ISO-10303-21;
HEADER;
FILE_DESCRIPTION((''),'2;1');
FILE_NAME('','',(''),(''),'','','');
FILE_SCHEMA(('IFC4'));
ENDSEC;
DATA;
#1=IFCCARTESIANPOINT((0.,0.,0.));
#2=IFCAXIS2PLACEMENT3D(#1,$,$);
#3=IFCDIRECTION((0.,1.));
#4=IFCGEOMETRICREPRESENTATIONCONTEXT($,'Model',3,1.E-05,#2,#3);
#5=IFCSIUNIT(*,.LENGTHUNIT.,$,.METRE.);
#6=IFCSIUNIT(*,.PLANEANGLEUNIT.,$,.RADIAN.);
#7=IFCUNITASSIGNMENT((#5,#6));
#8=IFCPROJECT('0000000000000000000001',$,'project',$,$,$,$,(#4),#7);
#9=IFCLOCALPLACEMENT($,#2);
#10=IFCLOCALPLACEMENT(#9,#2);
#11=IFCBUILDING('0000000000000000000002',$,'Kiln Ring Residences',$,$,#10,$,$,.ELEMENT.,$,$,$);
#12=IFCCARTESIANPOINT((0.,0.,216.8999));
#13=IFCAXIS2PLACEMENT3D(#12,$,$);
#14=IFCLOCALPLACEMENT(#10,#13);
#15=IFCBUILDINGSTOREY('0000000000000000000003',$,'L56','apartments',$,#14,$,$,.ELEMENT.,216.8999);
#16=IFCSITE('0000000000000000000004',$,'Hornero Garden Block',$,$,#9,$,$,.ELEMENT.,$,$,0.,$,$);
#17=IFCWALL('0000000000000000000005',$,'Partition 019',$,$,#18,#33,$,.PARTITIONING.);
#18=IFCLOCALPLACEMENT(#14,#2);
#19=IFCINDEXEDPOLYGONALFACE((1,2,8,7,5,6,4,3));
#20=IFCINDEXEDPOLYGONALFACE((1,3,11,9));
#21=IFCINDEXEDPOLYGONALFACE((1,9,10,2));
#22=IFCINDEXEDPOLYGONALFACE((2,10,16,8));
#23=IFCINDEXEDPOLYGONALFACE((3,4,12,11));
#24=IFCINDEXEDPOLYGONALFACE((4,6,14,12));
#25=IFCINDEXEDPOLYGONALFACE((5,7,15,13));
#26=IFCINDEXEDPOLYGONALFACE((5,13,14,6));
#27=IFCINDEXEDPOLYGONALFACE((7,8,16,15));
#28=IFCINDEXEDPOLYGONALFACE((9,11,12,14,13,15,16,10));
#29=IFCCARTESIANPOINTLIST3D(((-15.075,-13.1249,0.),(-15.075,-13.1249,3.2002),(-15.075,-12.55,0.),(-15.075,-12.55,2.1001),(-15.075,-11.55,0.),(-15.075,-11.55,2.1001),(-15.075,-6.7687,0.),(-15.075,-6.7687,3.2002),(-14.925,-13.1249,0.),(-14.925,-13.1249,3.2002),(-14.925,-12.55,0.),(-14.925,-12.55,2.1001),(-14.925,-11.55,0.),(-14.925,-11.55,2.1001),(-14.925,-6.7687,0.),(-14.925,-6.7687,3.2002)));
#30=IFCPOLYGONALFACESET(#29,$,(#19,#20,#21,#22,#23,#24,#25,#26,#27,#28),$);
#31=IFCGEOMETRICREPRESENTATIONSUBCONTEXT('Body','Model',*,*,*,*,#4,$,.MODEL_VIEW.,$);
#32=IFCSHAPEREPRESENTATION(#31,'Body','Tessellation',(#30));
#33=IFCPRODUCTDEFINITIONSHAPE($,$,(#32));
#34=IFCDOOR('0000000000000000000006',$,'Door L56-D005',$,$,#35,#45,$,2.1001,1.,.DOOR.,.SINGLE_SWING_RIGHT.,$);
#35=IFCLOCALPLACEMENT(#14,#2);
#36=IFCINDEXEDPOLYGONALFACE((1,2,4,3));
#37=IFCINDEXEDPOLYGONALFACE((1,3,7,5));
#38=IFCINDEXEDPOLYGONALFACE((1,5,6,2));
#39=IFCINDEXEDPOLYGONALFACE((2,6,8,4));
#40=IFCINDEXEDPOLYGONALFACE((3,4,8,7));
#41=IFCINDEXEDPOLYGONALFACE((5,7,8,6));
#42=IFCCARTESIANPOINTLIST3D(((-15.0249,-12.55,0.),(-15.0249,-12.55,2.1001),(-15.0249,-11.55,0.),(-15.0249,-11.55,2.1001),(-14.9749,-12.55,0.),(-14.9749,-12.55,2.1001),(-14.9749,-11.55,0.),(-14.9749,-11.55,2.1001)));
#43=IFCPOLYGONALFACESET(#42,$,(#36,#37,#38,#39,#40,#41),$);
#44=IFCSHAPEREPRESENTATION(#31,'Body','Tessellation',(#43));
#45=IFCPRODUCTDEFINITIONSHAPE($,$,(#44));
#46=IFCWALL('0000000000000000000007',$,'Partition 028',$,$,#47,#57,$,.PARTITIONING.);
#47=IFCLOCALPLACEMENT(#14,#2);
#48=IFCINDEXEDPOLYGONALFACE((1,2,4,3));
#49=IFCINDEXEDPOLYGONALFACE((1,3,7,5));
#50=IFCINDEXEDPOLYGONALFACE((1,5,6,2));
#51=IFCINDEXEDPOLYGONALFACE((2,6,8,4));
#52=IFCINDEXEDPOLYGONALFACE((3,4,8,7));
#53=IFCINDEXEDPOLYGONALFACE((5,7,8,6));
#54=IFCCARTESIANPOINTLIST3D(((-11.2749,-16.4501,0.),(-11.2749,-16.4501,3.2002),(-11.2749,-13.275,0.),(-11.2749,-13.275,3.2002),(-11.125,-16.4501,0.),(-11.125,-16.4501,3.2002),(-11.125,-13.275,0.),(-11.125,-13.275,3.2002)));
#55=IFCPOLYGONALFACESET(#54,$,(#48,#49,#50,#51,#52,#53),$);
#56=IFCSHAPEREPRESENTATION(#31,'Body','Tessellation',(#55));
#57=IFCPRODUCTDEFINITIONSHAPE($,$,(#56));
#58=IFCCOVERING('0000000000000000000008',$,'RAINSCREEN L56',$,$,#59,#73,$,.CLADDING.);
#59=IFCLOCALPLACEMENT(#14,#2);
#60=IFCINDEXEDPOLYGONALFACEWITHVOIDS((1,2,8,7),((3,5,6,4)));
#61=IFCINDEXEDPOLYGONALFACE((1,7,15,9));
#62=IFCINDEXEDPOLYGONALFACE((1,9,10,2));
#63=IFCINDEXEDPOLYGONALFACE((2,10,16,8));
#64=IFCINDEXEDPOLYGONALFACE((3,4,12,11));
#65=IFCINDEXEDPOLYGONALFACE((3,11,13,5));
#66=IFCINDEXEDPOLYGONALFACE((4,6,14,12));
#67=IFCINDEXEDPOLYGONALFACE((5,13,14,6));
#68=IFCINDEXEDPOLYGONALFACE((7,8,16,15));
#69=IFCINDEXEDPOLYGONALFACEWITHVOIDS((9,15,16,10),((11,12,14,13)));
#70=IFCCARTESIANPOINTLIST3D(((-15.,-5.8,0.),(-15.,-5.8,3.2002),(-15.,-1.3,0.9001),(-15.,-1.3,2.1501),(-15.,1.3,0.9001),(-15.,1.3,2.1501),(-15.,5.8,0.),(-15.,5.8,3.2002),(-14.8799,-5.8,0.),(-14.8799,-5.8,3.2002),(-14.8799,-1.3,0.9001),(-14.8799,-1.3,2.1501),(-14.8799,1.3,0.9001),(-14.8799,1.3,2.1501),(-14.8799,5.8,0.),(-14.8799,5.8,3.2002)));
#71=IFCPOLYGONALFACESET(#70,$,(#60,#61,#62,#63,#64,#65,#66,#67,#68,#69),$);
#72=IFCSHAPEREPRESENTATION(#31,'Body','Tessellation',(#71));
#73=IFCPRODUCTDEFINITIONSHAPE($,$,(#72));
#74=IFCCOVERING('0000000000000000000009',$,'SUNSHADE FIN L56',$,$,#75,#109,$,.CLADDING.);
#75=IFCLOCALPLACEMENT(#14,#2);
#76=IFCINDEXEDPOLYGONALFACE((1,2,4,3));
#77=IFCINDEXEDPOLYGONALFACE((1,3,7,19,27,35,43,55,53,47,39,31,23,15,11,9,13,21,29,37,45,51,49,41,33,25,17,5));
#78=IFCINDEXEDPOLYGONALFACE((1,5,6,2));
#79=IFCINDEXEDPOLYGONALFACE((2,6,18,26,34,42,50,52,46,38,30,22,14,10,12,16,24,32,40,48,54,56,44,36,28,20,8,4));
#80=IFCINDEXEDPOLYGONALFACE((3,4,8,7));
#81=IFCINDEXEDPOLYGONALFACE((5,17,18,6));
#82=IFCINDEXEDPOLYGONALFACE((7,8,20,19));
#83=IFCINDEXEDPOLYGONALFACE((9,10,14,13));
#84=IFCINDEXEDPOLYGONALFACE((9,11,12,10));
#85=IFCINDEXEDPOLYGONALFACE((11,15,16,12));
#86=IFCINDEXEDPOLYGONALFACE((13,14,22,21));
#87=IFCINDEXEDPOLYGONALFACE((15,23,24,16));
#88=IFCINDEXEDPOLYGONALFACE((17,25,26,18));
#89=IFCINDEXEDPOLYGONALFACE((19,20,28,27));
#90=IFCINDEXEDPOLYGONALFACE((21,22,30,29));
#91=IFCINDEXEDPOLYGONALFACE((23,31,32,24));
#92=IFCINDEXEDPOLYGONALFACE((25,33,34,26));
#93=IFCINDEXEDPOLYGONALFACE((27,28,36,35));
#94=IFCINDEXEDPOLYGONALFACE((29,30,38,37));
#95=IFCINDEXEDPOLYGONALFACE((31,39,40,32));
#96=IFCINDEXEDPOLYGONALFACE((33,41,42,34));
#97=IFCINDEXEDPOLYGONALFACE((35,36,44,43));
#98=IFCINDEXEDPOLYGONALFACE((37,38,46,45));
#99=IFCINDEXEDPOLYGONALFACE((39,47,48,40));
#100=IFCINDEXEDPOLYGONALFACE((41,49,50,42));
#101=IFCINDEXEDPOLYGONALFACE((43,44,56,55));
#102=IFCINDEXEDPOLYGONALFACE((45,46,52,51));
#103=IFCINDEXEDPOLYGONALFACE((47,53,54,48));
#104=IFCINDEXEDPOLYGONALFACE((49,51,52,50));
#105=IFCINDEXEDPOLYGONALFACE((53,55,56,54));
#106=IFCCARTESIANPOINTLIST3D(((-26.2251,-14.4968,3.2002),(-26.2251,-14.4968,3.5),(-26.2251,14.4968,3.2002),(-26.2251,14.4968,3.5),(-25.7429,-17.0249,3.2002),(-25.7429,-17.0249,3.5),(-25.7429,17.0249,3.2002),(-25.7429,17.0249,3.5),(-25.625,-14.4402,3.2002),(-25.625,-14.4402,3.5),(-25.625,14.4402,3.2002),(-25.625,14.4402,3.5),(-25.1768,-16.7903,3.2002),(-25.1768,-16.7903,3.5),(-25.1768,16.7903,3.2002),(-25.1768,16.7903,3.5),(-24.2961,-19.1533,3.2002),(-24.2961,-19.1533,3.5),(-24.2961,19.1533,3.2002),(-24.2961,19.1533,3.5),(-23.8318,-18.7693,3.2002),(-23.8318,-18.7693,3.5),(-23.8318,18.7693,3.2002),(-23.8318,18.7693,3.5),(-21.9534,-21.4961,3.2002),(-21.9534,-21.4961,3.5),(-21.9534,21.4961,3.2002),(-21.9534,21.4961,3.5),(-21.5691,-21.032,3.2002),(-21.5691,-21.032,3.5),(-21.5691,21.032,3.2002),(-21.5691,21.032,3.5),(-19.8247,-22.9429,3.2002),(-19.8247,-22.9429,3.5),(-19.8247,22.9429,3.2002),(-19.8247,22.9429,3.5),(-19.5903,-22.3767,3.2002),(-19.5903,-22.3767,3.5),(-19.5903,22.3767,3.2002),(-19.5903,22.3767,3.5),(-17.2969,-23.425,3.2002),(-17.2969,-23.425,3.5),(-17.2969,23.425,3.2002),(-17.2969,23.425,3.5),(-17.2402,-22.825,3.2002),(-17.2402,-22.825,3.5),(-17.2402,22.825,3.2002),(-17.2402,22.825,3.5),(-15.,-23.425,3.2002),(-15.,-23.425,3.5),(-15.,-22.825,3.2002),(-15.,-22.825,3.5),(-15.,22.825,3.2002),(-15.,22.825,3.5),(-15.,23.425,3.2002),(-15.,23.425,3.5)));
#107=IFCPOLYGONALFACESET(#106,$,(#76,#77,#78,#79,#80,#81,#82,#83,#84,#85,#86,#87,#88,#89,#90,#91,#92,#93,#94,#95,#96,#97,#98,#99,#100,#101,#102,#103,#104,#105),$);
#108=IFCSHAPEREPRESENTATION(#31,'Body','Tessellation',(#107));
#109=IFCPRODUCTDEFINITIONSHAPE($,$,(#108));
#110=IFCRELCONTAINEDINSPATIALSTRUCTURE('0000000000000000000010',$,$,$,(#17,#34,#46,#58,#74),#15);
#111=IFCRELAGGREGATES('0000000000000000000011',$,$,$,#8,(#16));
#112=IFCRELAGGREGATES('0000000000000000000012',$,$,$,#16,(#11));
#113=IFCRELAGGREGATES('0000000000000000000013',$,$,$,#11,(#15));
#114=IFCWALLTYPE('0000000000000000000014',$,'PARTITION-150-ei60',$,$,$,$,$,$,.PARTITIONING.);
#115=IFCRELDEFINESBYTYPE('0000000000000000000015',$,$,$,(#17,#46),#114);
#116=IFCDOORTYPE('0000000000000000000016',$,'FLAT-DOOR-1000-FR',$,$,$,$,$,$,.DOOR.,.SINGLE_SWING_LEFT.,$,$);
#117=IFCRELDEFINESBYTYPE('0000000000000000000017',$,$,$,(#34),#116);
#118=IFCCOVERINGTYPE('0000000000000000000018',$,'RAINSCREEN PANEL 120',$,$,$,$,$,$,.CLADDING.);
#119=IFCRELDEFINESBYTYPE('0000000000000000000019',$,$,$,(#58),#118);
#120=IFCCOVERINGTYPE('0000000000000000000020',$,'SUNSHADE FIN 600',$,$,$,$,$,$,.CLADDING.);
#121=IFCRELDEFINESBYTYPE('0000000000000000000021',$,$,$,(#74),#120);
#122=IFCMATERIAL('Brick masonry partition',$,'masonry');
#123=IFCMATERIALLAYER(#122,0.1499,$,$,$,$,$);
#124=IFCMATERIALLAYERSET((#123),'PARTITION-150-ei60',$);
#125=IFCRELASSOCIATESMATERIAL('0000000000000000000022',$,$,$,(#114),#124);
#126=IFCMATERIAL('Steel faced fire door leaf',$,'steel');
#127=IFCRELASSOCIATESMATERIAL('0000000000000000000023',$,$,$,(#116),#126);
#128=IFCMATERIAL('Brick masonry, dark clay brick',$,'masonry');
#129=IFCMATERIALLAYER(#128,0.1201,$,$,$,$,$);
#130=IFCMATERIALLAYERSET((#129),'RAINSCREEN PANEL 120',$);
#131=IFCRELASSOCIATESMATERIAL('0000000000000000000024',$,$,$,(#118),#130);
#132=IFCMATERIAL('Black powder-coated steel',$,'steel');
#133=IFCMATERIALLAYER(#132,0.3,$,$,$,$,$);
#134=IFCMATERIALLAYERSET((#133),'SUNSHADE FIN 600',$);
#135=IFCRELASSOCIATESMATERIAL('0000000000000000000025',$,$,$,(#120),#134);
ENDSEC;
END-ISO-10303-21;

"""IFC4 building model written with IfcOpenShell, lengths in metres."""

from ifc_helpers import new_model, si_unit, direction, frame, frame_2d, origin, place, context, subcontext, project, spatial, polyline, rectangle, outline, extrude, material, layer, layer_set, type_object, element, fill, save


model = new_model("IFC4")

# Units and contexts
model_context = context("Model", 3, precision=1e-05, world=origin(), true_north=direction((0.0, 1.0)))
body_context = subcontext(model_context, "Body", "Model", "MODEL_VIEW")
ifc_project = project(units=[si_unit("LENGTHUNIT", "METRE"), si_unit("PLANEANGLEUNIT", "RADIAN")], contexts=[model_context])

# Site, building, storey
site_placement = place(None, origin())
site = spatial("IfcSite", under=ifc_project, at=site_placement, Name="Hornero Garden Block", CompositionType="ELEMENT", RefElevation=0.0)
building_placement = place(site_placement, origin())
building = spatial("IfcBuilding", under=site, at=building_placement, Name="Kiln Ring Residences", CompositionType="ELEMENT")
storey_placement = place(building_placement, frame((0.0, 0.0, 216.8999)))
storey = spatial("IfcBuildingStorey", under=building, at=storey_placement, Name="L56", Description="apartments", CompositionType="ELEMENT", Elevation=216.8999)

# Shared definitions
ifc_material_1 = material(Name="Brick masonry partition", Category="masonry")
ifc_layer_1 = layer(ifc_material_1, 0.1499)
ifc_layer_set_1 = layer_set([ifc_layer_1], Name="PARTITION-150-ei60")
wall_type_1 = type_object("IfcWallType", Name="PARTITION-150-ei60", PredefinedType="PARTITIONING", material=ifc_layer_set_1)
ifc_material_2 = material(Name="Steel faced fire door leaf", Category="steel")
door_type_1 = type_object("IfcDoorType", Name="FLAT-DOOR-1000-FR", OperationType="SINGLE_SWING_LEFT", PredefinedType="DOOR", material=ifc_material_2)

# Wall, opening, door
wall_1_placement = place(storey_placement, frame((-15.0, -13.125, 0.0), z_axis=(0.0, 0.0, 1.0), x_axis=(0.0, 1.0, 0.0)))
wall_1 = element("IfcWall", 1, at=wall_1_placement, inside=storey, type_object=wall_type_1, Name="Partition 019", PredefinedType="PARTITIONING", context=body_context, shape_type="SweptSolid", body=[
    extrude(rectangle(XDim=6.3562, YDim=0.1499, at=frame_2d((3.1782, 0.0))), origin(), (0.0, 0.0, 1.0), 3.2002),
])
opening_1_placement = place(wall_1_placement, frame((0.575, 0.0, 0.0)))
opening_1 = element("IfcOpeningElement", 2, at=opening_1_placement, cuts=wall_1, PredefinedType="OPENING", context=body_context, shape_type="SweptSolid", body=[
    extrude(rectangle(XDim=1.0, YDim=2.1001, at=frame_2d((0.5, 1.05))), frame((0.0, 0.085, 0.0), z_axis=(0.0, -1.0, 0.0), x_axis=(1.0, 0.0, 0.0)), (0.0, 0.0, 1.0), 0.1699),
])
door_1_placement = place(opening_1_placement, origin())
door_1 = element("IfcDoor", 3, at=door_1_placement, inside=storey, type_object=door_type_1, Name="Door L56-D005", OperationType="SINGLE_SWING_RIGHT", OverallHeight=2.1001, OverallWidth=1.0, PredefinedType="DOOR", context=body_context, shape_type="SweptSolid", body=[
    extrude(rectangle(XDim=1.0, YDim=2.1001, at=frame_2d((0.5, 1.05))), frame((0.0, 0.0249, 0.0), z_axis=(0.0, -1.0, 0.0), x_axis=(1.0, 0.0, 0.0)), (0.0, 0.0, 1.0), 0.05),
])
fill(opening_1, door_1)

# Wall
wall_2_placement = place(storey_placement, frame((-11.2, -16.45, 0.0), z_axis=(0.0, 0.0, 1.0), x_axis=(0.0, 1.0, 0.0)))
element("IfcWall", 4, at=wall_2_placement, inside=storey, type_object=wall_type_1, Name="Partition 028", PredefinedType="PARTITIONING", context=body_context, shape_type="SweptSolid", body=[
    extrude(rectangle(XDim=3.175, YDim=0.1499, at=frame_2d((1.5874, 0.0))), origin(), (0.0, 0.0, 1.0), 3.2002),
])

# Coverings
ifc_material_3 = material(Name="Brick masonry, dark clay brick", Category="masonry")
ifc_layer_2 = layer(ifc_material_3, 0.1201)
ifc_layer_set_2 = layer_set([ifc_layer_2], Name="RAINSCREEN PANEL 120")
covering_type_1 = type_object("IfcCoveringType", Name="RAINSCREEN PANEL 120", PredefinedType="CLADDING", material=ifc_layer_set_2)
covering_1_placement = place(storey_placement, frame((-14.9399, -5.8, 0.0), z_axis=(0.0, 0.0, 1.0), x_axis=(0.0, 1.0, 0.0)))
element("IfcCovering", 5, at=covering_1_placement, inside=storey, type_object=covering_type_1, Name="RAINSCREEN L56", PredefinedType="CLADDING", context=body_context, shape_type="SweptSolid", body=[
    extrude(outline(polyline([(0.0, 0.0), (11.6001, 0.0), (11.6001, 3.2002), (0.0, 3.2002), (0.0, 0.0)]), holes=[polyline([(4.5, 2.1501), (4.5, 0.9001), (7.1001, 0.9001), (7.1001, 2.1501), (4.5, 2.1501)])]), frame((0.0, 0.0601, 0.0), z_axis=(0.0, -1.0, 0.0), x_axis=(1.0, 0.0, 0.0)), (0.0, 0.0, 1.0), 0.1201),
])
ifc_material_4 = material(Name="Black powder-coated steel", Category="steel")
ifc_layer_3 = layer(ifc_material_4, 0.3)
ifc_layer_set_3 = layer_set([ifc_layer_3], Name="SUNSHADE FIN 600")
covering_type_2 = type_object("IfcCoveringType", Name="SUNSHADE FIN 600", PredefinedType="CLADDING", material=ifc_layer_set_3)
covering_2_placement = place(storey_placement, frame((0.0, 0.0, 3.2002)))
element("IfcCovering", 6, at=covering_2_placement, inside=storey, type_object=covering_type_2, Name="SUNSHADE FIN L56", PredefinedType="CLADDING", context=body_context, shape_type="SweptSolid", body=[
    extrude(outline(polyline([(-26.2251, -14.4968), (-25.7429, -17.0249), (-24.2961, -19.1533), (-21.9534, -21.4961), (-19.8247, -22.9429), (-17.2969, -23.425), (-15.0, -23.425), (-15.0, -22.825), (-17.2402, -22.825), (-19.5903, -22.3767), (-21.5691, -21.032), (-23.8318, -18.7693), (-25.1768, -16.7903), (-25.625, -14.4402), (-25.625, 14.4402), (-25.1768, 16.7903), (-23.8318, 18.7693), (-21.5691, 21.032), (-19.5903, 22.3767), (-17.2402, 22.825), (-15.0, 22.825), (-15.0, 23.425), (-17.2969, 23.425), (-19.8247, 22.9429), (-21.9534, 21.4961), (-24.2961, 19.1533), (-25.7429, 17.0249), (-26.2251, 14.4968), (-26.2251, -14.4968)])), origin(), (0.0, 0.0, 1.0), 0.2998),
])

save(model, "model.ifc")
